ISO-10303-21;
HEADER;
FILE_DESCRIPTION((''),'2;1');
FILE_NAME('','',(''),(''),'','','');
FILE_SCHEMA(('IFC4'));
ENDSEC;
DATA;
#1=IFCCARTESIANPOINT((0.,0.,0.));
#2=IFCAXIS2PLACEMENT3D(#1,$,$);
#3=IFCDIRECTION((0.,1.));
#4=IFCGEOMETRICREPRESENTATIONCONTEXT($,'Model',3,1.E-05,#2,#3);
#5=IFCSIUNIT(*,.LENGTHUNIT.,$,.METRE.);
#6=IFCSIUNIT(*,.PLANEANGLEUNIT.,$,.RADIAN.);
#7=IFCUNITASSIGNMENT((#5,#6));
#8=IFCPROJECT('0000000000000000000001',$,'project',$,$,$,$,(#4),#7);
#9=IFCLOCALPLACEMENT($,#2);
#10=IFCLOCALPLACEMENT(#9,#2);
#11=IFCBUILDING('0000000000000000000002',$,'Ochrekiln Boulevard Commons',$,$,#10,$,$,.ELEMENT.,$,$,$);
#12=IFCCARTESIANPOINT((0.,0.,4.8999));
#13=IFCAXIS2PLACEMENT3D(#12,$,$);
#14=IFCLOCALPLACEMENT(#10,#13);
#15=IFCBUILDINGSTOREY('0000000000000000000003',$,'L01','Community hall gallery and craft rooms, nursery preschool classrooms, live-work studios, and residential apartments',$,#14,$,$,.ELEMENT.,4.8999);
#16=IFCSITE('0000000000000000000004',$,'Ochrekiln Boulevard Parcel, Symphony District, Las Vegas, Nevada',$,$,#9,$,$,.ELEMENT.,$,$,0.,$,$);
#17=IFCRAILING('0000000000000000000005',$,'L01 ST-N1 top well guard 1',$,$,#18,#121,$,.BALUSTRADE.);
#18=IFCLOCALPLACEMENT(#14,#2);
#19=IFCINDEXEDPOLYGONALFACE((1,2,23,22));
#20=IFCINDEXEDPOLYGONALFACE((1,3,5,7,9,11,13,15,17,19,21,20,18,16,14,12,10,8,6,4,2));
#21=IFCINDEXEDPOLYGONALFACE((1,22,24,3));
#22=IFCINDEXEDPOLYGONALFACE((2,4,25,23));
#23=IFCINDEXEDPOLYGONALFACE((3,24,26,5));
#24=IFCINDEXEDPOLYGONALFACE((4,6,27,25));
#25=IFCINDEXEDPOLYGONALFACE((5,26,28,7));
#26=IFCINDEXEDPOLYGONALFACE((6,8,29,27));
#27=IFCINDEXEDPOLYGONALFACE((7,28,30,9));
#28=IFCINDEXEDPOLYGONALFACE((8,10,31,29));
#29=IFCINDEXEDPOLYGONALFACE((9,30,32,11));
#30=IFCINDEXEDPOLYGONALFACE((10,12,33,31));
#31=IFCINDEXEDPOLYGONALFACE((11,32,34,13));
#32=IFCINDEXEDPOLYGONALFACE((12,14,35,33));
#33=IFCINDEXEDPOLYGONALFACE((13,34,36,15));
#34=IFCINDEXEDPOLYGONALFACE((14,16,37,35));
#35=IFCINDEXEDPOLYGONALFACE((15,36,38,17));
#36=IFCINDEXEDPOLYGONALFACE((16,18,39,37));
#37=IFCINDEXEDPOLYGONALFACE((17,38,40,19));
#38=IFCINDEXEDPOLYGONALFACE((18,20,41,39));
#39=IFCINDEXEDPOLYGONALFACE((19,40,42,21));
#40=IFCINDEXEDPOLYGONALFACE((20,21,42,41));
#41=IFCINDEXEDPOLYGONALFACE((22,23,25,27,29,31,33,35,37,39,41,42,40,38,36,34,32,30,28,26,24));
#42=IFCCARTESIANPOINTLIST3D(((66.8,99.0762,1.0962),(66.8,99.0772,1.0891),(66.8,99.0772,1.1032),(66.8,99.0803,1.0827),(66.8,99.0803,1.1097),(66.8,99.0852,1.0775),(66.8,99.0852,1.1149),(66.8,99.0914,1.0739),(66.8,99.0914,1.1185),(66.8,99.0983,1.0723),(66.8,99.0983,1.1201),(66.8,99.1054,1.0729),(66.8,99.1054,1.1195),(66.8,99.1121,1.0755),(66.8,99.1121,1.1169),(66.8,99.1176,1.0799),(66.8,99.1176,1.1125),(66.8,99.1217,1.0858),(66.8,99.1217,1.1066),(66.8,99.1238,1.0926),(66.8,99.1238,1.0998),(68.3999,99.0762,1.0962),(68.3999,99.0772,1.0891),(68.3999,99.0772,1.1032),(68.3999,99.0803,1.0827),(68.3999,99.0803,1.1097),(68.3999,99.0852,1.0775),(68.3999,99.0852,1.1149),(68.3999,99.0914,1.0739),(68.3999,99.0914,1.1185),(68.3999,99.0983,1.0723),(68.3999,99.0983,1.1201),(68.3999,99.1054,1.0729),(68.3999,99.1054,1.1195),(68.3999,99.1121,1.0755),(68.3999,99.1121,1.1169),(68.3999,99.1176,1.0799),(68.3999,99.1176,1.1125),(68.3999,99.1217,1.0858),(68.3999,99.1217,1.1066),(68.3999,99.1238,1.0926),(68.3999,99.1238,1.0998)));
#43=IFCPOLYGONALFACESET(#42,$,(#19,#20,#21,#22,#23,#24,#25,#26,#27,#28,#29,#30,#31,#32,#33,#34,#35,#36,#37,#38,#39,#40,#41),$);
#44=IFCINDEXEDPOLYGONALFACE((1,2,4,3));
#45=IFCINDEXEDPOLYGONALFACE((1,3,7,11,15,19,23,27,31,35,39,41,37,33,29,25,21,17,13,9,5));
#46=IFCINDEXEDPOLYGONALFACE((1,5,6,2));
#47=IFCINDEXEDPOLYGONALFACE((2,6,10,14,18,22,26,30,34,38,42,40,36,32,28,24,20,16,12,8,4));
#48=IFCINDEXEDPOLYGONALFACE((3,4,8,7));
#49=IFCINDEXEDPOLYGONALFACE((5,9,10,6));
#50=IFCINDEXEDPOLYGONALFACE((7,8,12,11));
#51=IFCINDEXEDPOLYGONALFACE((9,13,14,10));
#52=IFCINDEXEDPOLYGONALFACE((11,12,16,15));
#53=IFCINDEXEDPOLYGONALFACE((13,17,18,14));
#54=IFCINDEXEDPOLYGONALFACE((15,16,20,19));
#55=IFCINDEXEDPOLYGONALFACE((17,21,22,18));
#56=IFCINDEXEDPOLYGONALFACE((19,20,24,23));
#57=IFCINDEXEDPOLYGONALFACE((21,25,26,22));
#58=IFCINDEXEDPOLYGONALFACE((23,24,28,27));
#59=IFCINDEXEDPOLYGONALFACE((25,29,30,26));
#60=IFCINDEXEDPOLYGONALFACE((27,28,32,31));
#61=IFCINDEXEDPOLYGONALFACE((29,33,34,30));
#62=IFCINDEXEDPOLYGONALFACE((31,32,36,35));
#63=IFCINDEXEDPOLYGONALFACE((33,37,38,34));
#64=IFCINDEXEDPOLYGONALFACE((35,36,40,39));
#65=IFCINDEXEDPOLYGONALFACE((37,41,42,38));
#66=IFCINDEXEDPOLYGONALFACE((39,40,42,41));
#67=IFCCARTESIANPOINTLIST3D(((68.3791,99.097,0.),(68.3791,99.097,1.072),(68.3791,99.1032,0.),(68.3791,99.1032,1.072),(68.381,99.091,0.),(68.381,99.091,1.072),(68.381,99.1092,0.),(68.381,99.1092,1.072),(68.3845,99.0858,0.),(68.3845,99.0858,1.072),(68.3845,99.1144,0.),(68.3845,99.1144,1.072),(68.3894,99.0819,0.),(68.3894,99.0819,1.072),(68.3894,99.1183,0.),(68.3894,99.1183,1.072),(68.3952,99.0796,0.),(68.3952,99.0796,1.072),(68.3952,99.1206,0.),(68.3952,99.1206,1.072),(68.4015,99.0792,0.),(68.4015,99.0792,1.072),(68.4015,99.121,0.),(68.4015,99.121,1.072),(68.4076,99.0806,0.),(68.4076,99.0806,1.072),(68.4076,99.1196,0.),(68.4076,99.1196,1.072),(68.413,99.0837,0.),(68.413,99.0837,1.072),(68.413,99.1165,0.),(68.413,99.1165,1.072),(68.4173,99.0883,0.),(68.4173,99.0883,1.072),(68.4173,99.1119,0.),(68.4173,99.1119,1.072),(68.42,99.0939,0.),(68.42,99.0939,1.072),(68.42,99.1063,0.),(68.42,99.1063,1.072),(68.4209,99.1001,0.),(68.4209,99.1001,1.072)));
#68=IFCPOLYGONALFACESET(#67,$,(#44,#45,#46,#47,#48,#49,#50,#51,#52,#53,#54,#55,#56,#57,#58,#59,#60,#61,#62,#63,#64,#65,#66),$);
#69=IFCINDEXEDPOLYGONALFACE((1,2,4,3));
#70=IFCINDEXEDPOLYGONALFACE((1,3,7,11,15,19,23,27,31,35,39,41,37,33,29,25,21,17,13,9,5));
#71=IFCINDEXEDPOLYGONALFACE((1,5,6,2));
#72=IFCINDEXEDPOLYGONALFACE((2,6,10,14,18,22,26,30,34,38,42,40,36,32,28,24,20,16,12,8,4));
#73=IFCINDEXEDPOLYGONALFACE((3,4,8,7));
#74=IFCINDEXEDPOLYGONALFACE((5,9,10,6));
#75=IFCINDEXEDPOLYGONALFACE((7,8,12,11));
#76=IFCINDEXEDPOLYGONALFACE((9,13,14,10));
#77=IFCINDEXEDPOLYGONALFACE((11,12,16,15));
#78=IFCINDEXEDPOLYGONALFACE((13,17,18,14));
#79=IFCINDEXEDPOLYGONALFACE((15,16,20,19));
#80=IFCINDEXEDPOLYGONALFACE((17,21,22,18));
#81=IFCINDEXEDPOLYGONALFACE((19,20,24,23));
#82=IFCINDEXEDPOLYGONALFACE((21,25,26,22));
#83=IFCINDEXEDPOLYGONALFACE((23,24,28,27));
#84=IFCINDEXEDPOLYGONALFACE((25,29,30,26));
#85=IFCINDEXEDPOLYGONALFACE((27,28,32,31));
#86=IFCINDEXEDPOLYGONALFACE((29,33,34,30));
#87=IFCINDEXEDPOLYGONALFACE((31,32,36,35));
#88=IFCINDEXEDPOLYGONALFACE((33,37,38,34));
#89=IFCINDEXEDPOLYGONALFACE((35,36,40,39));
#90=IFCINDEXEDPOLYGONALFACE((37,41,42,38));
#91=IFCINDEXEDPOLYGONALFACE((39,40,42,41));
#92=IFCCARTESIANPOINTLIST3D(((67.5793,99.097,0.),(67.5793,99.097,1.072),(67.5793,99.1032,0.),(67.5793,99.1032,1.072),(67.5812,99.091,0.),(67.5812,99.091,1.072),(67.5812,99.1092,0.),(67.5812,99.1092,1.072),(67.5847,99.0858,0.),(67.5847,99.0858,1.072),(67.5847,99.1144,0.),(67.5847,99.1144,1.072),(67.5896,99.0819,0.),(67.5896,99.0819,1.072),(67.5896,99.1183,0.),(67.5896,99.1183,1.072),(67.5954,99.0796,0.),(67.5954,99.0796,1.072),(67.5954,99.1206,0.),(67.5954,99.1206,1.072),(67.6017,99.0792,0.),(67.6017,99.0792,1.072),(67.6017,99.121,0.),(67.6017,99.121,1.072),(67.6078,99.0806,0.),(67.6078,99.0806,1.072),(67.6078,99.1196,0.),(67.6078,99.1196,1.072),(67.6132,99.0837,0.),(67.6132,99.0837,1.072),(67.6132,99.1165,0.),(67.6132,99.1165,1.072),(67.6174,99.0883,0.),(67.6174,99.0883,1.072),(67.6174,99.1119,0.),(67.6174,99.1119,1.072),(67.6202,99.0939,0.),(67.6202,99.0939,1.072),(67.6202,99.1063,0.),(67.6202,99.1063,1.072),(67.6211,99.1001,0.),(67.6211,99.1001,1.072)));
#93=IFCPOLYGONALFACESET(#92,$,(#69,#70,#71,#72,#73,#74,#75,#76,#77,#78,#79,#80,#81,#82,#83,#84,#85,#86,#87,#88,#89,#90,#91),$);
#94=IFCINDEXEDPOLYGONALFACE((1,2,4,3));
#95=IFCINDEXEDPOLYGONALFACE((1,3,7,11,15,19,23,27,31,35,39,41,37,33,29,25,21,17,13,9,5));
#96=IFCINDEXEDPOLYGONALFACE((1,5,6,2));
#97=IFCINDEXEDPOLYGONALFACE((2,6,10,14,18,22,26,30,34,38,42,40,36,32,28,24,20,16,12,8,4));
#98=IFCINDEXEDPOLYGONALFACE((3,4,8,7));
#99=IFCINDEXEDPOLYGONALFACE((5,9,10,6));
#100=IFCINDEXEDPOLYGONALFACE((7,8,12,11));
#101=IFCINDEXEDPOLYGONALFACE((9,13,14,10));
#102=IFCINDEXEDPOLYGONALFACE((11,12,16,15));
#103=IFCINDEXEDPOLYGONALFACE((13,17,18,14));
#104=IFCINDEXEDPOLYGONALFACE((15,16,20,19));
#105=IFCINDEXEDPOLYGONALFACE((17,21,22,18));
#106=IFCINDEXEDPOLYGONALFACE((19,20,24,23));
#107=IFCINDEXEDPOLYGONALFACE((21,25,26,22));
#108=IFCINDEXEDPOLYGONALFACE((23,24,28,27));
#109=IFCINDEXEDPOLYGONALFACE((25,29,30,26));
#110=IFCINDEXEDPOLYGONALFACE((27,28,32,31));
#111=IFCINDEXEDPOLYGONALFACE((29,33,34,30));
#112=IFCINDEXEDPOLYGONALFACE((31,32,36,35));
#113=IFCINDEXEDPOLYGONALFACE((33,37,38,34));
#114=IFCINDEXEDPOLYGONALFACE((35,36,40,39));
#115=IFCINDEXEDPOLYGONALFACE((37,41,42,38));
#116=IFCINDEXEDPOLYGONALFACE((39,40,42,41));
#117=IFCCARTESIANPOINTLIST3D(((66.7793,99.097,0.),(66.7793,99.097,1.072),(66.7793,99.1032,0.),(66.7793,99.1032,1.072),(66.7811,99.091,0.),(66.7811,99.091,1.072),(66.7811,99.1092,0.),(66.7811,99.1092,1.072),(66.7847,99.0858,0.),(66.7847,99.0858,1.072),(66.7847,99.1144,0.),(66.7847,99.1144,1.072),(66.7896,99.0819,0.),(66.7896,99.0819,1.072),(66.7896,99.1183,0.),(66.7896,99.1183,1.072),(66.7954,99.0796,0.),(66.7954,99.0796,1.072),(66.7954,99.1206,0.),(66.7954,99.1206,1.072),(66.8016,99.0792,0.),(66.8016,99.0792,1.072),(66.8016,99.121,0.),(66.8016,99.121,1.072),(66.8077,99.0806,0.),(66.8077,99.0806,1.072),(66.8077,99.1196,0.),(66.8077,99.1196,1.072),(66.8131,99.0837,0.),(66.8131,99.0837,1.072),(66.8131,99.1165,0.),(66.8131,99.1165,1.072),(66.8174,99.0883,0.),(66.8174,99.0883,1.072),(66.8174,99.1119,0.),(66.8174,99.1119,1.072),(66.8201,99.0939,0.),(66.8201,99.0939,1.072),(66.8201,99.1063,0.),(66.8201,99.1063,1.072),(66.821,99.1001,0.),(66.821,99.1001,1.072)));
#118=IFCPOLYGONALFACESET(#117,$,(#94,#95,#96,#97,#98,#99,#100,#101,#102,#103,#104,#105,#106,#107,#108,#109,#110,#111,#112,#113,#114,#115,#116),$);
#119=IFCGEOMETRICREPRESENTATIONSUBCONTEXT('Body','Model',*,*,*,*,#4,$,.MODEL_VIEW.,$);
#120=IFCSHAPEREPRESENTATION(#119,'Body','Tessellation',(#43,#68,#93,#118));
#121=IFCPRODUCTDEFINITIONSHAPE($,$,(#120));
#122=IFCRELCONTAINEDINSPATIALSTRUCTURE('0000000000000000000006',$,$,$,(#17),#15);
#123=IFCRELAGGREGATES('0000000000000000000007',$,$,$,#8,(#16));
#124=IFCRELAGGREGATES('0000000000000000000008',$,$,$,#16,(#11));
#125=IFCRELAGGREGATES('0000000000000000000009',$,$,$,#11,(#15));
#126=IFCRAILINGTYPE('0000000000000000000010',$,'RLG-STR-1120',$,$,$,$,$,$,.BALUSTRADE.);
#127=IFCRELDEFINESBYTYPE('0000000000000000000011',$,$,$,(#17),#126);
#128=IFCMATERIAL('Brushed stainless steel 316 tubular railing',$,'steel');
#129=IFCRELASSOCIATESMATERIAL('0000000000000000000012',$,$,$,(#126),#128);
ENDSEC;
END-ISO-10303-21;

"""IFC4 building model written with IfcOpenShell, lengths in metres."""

from ifc_helpers import new_model, si_unit, direction, frame, origin, origin_2d, place, context, subcontext, project, spatial, circle, extrude, material, type_object, element, save


model = new_model("IFC4")

# Units and contexts
model_context = context("Model", 3, precision=1e-05, world=origin(), true_north=direction((0.0, 1.0)))
body_context = subcontext(model_context, "Body", "Model", "MODEL_VIEW")
ifc_project = project(units=[si_unit("LENGTHUNIT", "METRE"), si_unit("PLANEANGLEUNIT", "RADIAN")], contexts=[model_context])

# Site, building, storey
site_placement = place(None, origin())
site = spatial("IfcSite", under=ifc_project, at=site_placement, Name="Ochrekiln Boulevard Parcel, Symphony District, Las Vegas, Nevada", CompositionType="ELEMENT", RefElevation=0.0)
building_placement = place(site_placement, origin())
building = spatial("IfcBuilding", under=site, at=building_placement, Name="Ochrekiln Boulevard Commons", CompositionType="ELEMENT")
storey_placement = place(building_placement, frame((0.0, 0.0, 4.8999)))
storey = spatial("IfcBuildingStorey", under=building, at=storey_placement, Name="L01", Description="Community hall gallery and craft rooms, nursery preschool classrooms, live-work studios, and residential apartments", CompositionType="ELEMENT", Elevation=4.8999)

# Railing
ifc_material_1 = material(Name="Brushed stainless steel 316 tubular railing", Category="steel")
railing_type = type_object("IfcRailingType", Name="RLG-STR-1120", PredefinedType="BALUSTRADE", material=ifc_material_1)
railing_placement = place(storey_placement, frame((68.3999, 99.1001, 0.0)))
element("IfcRailing", 1, at=railing_placement, inside=storey, type_object=railing_type, Name="L01 ST-N1 top well guard 1", PredefinedType="BALUSTRADE", context=body_context, shape_type="SweptSolid", body=[
    extrude(circle(Radius=0.0239, at=origin_2d()), frame((0.0, 0.0, 1.0962), z_axis=(-1.0, 0.0, 0.0), x_axis=(0.0, -1.0, 0.0)), (0.0, 0.0, 1.0), 1.5999),
    extrude(circle(Radius=0.021, at=origin_2d()), origin(), (0.0, 0.0, 1.0), 1.072),
    extrude(circle(Radius=0.021, at=origin_2d()), frame((-0.7998, 0.0, 0.0)), (0.0, 0.0, 1.0), 1.072),
    extrude(circle(Radius=0.021, at=origin_2d()), frame((-1.5999, 0.0, 0.0)), (0.0, 0.0, 1.0), 1.072),
])

save(model, "model.ifc")
